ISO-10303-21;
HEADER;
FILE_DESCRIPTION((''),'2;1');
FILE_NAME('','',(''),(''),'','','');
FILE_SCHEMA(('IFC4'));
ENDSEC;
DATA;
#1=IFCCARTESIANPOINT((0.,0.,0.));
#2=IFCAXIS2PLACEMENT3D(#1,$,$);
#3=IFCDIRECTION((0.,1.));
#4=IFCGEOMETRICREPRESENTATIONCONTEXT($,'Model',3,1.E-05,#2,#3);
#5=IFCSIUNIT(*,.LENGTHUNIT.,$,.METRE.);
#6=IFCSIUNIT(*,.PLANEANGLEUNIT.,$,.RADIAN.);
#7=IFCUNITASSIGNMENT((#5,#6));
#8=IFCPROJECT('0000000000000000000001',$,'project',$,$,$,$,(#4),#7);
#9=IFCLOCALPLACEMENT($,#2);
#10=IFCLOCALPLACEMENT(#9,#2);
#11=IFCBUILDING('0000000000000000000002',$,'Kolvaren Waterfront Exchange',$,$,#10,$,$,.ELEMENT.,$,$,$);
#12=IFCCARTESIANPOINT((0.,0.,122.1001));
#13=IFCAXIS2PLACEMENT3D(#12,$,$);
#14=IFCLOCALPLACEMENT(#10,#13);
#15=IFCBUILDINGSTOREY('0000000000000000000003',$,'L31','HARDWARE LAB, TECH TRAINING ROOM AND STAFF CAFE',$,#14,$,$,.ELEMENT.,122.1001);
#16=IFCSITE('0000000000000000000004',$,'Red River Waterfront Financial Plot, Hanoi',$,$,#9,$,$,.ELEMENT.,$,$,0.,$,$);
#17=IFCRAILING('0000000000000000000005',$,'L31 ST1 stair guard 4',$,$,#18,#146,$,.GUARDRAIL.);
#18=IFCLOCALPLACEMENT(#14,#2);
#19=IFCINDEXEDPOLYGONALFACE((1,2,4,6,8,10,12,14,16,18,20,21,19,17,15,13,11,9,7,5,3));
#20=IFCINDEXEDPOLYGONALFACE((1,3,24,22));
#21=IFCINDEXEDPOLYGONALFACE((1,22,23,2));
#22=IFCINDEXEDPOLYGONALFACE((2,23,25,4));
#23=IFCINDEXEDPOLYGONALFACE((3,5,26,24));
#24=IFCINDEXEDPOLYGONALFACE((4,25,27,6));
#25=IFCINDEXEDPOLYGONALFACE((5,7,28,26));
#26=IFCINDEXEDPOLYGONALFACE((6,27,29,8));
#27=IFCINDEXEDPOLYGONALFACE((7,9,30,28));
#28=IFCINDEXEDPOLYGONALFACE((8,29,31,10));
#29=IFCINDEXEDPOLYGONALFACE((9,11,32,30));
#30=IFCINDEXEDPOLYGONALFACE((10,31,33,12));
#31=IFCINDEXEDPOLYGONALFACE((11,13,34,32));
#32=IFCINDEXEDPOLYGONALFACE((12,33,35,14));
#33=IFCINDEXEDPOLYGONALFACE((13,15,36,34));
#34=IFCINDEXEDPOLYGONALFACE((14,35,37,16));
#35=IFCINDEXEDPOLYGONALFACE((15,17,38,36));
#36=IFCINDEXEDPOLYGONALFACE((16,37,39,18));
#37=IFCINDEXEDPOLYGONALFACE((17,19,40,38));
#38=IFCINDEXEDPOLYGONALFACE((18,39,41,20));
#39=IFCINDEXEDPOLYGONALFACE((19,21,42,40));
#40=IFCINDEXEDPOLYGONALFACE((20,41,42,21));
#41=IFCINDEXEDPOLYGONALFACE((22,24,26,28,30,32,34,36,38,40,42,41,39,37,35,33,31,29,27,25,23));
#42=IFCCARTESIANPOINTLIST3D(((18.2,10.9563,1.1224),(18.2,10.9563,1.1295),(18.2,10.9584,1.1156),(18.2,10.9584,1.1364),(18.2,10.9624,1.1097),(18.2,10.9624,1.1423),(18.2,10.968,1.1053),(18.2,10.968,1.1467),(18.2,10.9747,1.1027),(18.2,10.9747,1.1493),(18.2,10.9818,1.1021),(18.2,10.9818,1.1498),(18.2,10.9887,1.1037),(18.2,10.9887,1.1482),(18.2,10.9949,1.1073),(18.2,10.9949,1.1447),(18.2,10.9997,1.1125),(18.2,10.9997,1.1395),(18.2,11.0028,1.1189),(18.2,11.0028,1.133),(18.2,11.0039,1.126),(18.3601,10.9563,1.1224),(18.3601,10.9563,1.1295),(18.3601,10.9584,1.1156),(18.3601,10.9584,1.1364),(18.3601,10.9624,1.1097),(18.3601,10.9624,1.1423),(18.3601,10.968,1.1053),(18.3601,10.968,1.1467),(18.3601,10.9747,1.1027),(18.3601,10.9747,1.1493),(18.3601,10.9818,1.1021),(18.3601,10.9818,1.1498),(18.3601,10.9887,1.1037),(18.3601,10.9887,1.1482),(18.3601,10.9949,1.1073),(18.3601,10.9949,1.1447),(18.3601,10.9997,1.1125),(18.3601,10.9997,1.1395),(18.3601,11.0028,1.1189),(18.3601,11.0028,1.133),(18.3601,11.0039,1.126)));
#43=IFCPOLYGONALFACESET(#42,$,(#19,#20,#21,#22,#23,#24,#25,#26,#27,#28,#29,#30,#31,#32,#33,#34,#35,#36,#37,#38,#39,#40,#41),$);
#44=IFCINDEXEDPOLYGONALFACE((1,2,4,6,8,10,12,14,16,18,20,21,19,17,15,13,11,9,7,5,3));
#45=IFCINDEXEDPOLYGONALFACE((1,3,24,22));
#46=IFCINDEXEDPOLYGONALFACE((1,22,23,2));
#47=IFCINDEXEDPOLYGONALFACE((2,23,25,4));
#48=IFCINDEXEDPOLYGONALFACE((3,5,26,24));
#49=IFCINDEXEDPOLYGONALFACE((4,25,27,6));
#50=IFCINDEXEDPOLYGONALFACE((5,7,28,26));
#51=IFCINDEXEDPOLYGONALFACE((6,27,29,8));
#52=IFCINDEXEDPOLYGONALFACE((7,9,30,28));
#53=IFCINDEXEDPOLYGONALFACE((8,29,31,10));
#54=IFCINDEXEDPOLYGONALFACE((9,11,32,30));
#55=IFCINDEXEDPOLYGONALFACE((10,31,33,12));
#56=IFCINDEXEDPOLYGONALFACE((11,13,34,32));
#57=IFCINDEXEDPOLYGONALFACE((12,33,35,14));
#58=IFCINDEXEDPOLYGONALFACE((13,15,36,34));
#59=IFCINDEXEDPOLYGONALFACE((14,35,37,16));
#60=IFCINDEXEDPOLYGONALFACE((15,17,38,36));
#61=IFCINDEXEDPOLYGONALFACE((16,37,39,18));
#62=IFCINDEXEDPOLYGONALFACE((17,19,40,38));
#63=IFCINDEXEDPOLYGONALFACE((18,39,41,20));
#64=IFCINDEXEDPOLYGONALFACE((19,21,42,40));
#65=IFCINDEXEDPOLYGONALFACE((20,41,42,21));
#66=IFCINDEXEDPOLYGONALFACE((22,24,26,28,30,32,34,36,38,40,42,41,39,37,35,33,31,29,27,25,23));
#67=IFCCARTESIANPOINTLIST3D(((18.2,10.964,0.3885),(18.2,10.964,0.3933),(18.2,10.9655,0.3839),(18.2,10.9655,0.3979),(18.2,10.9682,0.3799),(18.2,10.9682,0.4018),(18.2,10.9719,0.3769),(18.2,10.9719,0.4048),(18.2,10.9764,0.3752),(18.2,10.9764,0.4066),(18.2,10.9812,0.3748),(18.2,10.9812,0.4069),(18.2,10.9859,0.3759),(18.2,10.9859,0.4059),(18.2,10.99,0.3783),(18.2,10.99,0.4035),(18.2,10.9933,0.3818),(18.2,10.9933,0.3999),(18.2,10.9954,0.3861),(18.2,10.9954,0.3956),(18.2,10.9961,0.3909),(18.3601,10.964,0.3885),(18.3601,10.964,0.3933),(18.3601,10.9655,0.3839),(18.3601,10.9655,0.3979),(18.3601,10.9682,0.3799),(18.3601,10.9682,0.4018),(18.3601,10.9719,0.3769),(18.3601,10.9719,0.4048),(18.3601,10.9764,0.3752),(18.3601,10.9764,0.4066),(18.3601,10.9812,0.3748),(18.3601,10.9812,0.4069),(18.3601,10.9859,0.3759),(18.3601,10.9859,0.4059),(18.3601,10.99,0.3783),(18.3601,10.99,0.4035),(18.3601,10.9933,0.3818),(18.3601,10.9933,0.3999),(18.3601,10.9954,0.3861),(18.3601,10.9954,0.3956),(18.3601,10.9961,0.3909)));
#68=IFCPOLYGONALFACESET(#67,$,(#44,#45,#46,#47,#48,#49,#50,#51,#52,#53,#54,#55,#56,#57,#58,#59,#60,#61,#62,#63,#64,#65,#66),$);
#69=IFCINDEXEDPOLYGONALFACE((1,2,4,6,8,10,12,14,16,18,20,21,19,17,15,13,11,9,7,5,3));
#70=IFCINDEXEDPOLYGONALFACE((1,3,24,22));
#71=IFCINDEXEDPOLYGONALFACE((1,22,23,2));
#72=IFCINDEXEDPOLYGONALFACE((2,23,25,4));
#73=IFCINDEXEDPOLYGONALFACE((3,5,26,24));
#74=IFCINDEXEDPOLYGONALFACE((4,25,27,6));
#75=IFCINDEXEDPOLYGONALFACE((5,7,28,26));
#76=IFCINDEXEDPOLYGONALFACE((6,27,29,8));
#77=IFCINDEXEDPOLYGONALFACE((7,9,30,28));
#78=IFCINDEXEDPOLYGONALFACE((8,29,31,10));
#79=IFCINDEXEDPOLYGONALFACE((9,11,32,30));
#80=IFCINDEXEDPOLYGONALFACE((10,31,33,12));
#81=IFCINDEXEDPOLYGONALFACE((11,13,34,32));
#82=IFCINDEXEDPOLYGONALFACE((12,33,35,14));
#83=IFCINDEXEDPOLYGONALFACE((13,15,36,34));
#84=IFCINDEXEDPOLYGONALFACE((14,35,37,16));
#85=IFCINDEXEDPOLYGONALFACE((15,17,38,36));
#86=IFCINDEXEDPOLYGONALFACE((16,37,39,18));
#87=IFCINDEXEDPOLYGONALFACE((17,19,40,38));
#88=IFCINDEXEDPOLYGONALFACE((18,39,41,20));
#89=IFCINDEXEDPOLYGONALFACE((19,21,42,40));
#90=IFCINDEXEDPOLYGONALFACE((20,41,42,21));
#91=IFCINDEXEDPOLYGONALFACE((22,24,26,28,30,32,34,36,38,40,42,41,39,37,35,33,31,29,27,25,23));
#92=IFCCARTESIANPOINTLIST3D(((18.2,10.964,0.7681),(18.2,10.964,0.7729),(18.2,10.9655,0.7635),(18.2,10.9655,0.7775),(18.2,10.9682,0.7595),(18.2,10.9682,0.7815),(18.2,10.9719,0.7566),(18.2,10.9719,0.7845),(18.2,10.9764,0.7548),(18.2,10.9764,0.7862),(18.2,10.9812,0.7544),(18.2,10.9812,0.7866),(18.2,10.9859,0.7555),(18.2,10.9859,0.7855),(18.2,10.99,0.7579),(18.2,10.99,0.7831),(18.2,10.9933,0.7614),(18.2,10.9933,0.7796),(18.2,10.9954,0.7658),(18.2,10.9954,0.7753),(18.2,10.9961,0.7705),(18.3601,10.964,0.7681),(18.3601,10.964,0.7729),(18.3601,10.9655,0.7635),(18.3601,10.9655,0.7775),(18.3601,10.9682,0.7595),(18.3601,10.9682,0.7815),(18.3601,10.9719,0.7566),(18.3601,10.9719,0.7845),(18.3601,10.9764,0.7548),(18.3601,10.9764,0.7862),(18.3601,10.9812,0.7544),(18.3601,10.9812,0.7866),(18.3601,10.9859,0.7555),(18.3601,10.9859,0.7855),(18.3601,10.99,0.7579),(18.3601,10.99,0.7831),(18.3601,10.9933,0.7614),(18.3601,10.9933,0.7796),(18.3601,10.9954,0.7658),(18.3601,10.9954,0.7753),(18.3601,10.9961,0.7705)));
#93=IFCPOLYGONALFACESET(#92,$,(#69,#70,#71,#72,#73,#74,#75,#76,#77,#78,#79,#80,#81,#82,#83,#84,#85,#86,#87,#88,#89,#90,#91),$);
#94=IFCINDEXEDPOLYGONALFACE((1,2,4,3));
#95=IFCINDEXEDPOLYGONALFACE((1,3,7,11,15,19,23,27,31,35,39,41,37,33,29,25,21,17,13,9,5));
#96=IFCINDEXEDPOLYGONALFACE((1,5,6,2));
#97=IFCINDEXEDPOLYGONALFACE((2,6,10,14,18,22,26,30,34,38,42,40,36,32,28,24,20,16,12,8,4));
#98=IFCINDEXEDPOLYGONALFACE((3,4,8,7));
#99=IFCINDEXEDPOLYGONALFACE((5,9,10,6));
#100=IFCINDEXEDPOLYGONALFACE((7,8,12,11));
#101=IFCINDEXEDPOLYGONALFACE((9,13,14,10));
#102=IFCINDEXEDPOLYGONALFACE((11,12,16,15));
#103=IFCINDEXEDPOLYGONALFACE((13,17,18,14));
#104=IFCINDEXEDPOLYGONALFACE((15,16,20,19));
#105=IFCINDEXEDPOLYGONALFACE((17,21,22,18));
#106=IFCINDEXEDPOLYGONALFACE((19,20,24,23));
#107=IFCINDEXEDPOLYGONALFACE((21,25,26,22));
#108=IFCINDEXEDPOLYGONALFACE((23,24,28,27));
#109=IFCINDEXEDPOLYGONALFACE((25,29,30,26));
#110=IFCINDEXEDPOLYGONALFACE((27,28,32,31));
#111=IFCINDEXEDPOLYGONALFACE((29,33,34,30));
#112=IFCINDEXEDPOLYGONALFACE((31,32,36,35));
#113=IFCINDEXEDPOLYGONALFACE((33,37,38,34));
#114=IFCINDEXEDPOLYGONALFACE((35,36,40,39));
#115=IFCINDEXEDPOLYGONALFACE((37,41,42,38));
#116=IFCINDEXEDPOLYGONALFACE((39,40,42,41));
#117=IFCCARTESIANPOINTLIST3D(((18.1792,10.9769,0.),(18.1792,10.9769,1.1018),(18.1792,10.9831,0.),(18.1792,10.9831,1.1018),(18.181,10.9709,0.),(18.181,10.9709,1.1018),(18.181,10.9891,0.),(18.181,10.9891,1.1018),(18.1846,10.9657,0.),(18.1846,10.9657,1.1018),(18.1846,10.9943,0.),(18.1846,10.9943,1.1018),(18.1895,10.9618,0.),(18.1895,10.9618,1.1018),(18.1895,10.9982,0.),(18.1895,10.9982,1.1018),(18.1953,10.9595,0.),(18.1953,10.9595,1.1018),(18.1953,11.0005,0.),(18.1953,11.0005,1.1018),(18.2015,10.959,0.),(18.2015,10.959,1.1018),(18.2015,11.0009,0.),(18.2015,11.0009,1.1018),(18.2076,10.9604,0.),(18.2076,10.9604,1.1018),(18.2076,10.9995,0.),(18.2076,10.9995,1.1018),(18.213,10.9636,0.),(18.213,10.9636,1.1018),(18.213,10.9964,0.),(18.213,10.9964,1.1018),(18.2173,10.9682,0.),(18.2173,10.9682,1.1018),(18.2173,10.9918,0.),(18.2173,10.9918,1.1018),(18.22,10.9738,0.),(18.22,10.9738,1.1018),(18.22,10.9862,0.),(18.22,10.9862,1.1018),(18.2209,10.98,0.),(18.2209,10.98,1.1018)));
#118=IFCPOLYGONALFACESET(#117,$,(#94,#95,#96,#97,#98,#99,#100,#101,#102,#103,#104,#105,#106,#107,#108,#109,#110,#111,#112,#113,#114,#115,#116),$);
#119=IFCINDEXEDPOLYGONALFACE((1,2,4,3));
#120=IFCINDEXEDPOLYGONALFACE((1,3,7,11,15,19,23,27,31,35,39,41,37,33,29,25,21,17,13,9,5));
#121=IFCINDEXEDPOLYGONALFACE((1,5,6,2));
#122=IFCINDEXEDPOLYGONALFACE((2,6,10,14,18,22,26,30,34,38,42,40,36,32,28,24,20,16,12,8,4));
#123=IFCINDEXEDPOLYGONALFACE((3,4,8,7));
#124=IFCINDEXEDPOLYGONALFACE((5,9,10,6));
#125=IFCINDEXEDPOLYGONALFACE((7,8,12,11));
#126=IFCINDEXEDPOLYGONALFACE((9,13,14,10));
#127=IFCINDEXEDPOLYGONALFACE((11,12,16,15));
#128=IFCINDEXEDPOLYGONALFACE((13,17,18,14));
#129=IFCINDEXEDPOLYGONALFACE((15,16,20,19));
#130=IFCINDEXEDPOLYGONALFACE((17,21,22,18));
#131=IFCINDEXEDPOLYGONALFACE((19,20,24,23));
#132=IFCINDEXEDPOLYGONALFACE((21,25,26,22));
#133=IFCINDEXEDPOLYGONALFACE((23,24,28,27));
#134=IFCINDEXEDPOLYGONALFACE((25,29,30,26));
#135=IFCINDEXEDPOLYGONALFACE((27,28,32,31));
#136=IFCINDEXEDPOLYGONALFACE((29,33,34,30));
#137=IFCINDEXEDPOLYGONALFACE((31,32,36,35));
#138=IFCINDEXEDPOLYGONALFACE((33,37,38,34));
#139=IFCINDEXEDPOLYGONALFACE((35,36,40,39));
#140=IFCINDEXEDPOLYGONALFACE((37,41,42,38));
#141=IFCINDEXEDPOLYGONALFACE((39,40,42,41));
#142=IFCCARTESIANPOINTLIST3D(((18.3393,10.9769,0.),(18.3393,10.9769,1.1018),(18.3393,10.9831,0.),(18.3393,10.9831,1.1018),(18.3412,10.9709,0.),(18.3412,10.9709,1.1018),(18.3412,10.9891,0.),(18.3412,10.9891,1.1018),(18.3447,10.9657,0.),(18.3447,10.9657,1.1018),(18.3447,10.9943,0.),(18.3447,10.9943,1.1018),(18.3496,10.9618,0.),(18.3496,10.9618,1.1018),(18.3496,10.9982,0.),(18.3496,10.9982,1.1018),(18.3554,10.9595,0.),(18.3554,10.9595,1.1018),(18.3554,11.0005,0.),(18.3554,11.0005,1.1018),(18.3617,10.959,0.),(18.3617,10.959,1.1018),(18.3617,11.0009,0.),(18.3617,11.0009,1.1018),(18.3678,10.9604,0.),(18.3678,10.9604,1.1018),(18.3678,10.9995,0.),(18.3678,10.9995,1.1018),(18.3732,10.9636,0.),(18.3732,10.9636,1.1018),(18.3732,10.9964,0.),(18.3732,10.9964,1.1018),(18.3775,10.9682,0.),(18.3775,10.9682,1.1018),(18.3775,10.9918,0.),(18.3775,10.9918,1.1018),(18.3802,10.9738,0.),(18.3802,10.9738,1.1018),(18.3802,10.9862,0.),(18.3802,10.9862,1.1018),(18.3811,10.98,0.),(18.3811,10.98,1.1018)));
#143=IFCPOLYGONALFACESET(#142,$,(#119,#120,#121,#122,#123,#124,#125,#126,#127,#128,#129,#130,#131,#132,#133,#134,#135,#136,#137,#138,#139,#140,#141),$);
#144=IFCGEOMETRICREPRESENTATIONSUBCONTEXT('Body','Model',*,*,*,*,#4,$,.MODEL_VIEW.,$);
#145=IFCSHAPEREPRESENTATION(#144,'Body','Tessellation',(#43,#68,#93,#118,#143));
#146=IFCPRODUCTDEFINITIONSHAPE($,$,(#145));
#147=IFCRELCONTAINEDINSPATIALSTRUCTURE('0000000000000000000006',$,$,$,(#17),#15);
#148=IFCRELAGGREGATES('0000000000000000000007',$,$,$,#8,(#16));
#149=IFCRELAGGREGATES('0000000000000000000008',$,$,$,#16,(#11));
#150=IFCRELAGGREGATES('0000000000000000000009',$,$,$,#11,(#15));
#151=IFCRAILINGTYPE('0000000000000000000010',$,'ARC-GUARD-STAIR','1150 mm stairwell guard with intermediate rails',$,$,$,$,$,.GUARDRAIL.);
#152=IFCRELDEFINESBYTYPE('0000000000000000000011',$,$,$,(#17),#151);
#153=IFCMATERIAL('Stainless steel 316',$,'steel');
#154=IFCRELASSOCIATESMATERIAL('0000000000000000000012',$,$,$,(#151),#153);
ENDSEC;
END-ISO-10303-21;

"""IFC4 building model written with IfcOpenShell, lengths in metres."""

from ifc_helpers import new_model, si_unit, direction, frame, origin, origin_2d, place, context, subcontext, project, spatial, circle, extrude, material, type_object, element, save


model = new_model("IFC4")

# Units and contexts
model_context = context("Model", 3, precision=1e-05, world=origin(), true_north=direction((0.0, 1.0)))
body_context = subcontext(model_context, "Body", "Model", "MODEL_VIEW")
ifc_project = project(units=[si_unit("LENGTHUNIT", "METRE"), si_unit("PLANEANGLEUNIT", "RADIAN")], contexts=[model_context])

# Site, building, storey
site_placement = place(None, origin())
site = spatial("IfcSite", under=ifc_project, at=site_placement, Name="Red River Waterfront Financial Plot, Hanoi", CompositionType="ELEMENT", RefElevation=0.0)
building_placement = place(site_placement, origin())
building = spatial("IfcBuilding", under=site, at=building_placement, Name="Kolvaren Waterfront Exchange", CompositionType="ELEMENT")
storey_placement = place(building_placement, frame((0.0, 0.0, 122.1001)))
storey = spatial("IfcBuildingStorey", under=building, at=storey_placement, Name="L31", Description="HARDWARE LAB, TECH TRAINING ROOM AND STAFF CAFE", CompositionType="ELEMENT", Elevation=122.1001)

# Railing
ifc_material_1 = material(Name="Stainless steel 316", Category="steel")
railing_type_1 = type_object("IfcRailingType", Name="ARC-GUARD-STAIR", Description="1150 mm stairwell guard with intermediate rails", PredefinedType="GUARDRAIL", material=ifc_material_1)
railing_1_placement = place(storey_placement, frame((18.2, 10.98, 0.0)))
element("IfcRailing", 1, at=railing_1_placement, inside=storey, type_object=railing_type_1, Name="L31 ST1 stair guard 4", PredefinedType="GUARDRAIL", context=body_context, shape_type="SweptSolid", body=[
    extrude(circle(Radius=0.0239, at=origin_2d()), frame((0.0, 0.0, 1.126), z_axis=(1.0, 0.0, 0.0), x_axis=(0.0, 1.0, 0.0)), (0.0, 0.0, 1.0), 0.1602),
    extrude(circle(Radius=0.0161, at=origin_2d()), frame((0.0, 0.0, 0.3909), z_axis=(1.0, 0.0, 0.0), x_axis=(0.0, 1.0, 0.0)), (0.0, 0.0, 1.0), 0.1602),
    extrude(circle(Radius=0.0161, at=origin_2d()), frame((0.0, 0.0, 0.7705), z_axis=(1.0, 0.0, 0.0), x_axis=(0.0, 1.0, 0.0)), (0.0, 0.0, 1.0), 0.1602),
    extrude(circle(Radius=0.021, at=origin_2d()), origin(), (0.0, 0.0, 1.0), 1.1018),
    extrude(circle(Radius=0.021, at=origin_2d()), frame((0.1602, 0.0, 0.0)), (0.0, 0.0, 1.0), 1.1018),
])

save(model, "model.ifc")
